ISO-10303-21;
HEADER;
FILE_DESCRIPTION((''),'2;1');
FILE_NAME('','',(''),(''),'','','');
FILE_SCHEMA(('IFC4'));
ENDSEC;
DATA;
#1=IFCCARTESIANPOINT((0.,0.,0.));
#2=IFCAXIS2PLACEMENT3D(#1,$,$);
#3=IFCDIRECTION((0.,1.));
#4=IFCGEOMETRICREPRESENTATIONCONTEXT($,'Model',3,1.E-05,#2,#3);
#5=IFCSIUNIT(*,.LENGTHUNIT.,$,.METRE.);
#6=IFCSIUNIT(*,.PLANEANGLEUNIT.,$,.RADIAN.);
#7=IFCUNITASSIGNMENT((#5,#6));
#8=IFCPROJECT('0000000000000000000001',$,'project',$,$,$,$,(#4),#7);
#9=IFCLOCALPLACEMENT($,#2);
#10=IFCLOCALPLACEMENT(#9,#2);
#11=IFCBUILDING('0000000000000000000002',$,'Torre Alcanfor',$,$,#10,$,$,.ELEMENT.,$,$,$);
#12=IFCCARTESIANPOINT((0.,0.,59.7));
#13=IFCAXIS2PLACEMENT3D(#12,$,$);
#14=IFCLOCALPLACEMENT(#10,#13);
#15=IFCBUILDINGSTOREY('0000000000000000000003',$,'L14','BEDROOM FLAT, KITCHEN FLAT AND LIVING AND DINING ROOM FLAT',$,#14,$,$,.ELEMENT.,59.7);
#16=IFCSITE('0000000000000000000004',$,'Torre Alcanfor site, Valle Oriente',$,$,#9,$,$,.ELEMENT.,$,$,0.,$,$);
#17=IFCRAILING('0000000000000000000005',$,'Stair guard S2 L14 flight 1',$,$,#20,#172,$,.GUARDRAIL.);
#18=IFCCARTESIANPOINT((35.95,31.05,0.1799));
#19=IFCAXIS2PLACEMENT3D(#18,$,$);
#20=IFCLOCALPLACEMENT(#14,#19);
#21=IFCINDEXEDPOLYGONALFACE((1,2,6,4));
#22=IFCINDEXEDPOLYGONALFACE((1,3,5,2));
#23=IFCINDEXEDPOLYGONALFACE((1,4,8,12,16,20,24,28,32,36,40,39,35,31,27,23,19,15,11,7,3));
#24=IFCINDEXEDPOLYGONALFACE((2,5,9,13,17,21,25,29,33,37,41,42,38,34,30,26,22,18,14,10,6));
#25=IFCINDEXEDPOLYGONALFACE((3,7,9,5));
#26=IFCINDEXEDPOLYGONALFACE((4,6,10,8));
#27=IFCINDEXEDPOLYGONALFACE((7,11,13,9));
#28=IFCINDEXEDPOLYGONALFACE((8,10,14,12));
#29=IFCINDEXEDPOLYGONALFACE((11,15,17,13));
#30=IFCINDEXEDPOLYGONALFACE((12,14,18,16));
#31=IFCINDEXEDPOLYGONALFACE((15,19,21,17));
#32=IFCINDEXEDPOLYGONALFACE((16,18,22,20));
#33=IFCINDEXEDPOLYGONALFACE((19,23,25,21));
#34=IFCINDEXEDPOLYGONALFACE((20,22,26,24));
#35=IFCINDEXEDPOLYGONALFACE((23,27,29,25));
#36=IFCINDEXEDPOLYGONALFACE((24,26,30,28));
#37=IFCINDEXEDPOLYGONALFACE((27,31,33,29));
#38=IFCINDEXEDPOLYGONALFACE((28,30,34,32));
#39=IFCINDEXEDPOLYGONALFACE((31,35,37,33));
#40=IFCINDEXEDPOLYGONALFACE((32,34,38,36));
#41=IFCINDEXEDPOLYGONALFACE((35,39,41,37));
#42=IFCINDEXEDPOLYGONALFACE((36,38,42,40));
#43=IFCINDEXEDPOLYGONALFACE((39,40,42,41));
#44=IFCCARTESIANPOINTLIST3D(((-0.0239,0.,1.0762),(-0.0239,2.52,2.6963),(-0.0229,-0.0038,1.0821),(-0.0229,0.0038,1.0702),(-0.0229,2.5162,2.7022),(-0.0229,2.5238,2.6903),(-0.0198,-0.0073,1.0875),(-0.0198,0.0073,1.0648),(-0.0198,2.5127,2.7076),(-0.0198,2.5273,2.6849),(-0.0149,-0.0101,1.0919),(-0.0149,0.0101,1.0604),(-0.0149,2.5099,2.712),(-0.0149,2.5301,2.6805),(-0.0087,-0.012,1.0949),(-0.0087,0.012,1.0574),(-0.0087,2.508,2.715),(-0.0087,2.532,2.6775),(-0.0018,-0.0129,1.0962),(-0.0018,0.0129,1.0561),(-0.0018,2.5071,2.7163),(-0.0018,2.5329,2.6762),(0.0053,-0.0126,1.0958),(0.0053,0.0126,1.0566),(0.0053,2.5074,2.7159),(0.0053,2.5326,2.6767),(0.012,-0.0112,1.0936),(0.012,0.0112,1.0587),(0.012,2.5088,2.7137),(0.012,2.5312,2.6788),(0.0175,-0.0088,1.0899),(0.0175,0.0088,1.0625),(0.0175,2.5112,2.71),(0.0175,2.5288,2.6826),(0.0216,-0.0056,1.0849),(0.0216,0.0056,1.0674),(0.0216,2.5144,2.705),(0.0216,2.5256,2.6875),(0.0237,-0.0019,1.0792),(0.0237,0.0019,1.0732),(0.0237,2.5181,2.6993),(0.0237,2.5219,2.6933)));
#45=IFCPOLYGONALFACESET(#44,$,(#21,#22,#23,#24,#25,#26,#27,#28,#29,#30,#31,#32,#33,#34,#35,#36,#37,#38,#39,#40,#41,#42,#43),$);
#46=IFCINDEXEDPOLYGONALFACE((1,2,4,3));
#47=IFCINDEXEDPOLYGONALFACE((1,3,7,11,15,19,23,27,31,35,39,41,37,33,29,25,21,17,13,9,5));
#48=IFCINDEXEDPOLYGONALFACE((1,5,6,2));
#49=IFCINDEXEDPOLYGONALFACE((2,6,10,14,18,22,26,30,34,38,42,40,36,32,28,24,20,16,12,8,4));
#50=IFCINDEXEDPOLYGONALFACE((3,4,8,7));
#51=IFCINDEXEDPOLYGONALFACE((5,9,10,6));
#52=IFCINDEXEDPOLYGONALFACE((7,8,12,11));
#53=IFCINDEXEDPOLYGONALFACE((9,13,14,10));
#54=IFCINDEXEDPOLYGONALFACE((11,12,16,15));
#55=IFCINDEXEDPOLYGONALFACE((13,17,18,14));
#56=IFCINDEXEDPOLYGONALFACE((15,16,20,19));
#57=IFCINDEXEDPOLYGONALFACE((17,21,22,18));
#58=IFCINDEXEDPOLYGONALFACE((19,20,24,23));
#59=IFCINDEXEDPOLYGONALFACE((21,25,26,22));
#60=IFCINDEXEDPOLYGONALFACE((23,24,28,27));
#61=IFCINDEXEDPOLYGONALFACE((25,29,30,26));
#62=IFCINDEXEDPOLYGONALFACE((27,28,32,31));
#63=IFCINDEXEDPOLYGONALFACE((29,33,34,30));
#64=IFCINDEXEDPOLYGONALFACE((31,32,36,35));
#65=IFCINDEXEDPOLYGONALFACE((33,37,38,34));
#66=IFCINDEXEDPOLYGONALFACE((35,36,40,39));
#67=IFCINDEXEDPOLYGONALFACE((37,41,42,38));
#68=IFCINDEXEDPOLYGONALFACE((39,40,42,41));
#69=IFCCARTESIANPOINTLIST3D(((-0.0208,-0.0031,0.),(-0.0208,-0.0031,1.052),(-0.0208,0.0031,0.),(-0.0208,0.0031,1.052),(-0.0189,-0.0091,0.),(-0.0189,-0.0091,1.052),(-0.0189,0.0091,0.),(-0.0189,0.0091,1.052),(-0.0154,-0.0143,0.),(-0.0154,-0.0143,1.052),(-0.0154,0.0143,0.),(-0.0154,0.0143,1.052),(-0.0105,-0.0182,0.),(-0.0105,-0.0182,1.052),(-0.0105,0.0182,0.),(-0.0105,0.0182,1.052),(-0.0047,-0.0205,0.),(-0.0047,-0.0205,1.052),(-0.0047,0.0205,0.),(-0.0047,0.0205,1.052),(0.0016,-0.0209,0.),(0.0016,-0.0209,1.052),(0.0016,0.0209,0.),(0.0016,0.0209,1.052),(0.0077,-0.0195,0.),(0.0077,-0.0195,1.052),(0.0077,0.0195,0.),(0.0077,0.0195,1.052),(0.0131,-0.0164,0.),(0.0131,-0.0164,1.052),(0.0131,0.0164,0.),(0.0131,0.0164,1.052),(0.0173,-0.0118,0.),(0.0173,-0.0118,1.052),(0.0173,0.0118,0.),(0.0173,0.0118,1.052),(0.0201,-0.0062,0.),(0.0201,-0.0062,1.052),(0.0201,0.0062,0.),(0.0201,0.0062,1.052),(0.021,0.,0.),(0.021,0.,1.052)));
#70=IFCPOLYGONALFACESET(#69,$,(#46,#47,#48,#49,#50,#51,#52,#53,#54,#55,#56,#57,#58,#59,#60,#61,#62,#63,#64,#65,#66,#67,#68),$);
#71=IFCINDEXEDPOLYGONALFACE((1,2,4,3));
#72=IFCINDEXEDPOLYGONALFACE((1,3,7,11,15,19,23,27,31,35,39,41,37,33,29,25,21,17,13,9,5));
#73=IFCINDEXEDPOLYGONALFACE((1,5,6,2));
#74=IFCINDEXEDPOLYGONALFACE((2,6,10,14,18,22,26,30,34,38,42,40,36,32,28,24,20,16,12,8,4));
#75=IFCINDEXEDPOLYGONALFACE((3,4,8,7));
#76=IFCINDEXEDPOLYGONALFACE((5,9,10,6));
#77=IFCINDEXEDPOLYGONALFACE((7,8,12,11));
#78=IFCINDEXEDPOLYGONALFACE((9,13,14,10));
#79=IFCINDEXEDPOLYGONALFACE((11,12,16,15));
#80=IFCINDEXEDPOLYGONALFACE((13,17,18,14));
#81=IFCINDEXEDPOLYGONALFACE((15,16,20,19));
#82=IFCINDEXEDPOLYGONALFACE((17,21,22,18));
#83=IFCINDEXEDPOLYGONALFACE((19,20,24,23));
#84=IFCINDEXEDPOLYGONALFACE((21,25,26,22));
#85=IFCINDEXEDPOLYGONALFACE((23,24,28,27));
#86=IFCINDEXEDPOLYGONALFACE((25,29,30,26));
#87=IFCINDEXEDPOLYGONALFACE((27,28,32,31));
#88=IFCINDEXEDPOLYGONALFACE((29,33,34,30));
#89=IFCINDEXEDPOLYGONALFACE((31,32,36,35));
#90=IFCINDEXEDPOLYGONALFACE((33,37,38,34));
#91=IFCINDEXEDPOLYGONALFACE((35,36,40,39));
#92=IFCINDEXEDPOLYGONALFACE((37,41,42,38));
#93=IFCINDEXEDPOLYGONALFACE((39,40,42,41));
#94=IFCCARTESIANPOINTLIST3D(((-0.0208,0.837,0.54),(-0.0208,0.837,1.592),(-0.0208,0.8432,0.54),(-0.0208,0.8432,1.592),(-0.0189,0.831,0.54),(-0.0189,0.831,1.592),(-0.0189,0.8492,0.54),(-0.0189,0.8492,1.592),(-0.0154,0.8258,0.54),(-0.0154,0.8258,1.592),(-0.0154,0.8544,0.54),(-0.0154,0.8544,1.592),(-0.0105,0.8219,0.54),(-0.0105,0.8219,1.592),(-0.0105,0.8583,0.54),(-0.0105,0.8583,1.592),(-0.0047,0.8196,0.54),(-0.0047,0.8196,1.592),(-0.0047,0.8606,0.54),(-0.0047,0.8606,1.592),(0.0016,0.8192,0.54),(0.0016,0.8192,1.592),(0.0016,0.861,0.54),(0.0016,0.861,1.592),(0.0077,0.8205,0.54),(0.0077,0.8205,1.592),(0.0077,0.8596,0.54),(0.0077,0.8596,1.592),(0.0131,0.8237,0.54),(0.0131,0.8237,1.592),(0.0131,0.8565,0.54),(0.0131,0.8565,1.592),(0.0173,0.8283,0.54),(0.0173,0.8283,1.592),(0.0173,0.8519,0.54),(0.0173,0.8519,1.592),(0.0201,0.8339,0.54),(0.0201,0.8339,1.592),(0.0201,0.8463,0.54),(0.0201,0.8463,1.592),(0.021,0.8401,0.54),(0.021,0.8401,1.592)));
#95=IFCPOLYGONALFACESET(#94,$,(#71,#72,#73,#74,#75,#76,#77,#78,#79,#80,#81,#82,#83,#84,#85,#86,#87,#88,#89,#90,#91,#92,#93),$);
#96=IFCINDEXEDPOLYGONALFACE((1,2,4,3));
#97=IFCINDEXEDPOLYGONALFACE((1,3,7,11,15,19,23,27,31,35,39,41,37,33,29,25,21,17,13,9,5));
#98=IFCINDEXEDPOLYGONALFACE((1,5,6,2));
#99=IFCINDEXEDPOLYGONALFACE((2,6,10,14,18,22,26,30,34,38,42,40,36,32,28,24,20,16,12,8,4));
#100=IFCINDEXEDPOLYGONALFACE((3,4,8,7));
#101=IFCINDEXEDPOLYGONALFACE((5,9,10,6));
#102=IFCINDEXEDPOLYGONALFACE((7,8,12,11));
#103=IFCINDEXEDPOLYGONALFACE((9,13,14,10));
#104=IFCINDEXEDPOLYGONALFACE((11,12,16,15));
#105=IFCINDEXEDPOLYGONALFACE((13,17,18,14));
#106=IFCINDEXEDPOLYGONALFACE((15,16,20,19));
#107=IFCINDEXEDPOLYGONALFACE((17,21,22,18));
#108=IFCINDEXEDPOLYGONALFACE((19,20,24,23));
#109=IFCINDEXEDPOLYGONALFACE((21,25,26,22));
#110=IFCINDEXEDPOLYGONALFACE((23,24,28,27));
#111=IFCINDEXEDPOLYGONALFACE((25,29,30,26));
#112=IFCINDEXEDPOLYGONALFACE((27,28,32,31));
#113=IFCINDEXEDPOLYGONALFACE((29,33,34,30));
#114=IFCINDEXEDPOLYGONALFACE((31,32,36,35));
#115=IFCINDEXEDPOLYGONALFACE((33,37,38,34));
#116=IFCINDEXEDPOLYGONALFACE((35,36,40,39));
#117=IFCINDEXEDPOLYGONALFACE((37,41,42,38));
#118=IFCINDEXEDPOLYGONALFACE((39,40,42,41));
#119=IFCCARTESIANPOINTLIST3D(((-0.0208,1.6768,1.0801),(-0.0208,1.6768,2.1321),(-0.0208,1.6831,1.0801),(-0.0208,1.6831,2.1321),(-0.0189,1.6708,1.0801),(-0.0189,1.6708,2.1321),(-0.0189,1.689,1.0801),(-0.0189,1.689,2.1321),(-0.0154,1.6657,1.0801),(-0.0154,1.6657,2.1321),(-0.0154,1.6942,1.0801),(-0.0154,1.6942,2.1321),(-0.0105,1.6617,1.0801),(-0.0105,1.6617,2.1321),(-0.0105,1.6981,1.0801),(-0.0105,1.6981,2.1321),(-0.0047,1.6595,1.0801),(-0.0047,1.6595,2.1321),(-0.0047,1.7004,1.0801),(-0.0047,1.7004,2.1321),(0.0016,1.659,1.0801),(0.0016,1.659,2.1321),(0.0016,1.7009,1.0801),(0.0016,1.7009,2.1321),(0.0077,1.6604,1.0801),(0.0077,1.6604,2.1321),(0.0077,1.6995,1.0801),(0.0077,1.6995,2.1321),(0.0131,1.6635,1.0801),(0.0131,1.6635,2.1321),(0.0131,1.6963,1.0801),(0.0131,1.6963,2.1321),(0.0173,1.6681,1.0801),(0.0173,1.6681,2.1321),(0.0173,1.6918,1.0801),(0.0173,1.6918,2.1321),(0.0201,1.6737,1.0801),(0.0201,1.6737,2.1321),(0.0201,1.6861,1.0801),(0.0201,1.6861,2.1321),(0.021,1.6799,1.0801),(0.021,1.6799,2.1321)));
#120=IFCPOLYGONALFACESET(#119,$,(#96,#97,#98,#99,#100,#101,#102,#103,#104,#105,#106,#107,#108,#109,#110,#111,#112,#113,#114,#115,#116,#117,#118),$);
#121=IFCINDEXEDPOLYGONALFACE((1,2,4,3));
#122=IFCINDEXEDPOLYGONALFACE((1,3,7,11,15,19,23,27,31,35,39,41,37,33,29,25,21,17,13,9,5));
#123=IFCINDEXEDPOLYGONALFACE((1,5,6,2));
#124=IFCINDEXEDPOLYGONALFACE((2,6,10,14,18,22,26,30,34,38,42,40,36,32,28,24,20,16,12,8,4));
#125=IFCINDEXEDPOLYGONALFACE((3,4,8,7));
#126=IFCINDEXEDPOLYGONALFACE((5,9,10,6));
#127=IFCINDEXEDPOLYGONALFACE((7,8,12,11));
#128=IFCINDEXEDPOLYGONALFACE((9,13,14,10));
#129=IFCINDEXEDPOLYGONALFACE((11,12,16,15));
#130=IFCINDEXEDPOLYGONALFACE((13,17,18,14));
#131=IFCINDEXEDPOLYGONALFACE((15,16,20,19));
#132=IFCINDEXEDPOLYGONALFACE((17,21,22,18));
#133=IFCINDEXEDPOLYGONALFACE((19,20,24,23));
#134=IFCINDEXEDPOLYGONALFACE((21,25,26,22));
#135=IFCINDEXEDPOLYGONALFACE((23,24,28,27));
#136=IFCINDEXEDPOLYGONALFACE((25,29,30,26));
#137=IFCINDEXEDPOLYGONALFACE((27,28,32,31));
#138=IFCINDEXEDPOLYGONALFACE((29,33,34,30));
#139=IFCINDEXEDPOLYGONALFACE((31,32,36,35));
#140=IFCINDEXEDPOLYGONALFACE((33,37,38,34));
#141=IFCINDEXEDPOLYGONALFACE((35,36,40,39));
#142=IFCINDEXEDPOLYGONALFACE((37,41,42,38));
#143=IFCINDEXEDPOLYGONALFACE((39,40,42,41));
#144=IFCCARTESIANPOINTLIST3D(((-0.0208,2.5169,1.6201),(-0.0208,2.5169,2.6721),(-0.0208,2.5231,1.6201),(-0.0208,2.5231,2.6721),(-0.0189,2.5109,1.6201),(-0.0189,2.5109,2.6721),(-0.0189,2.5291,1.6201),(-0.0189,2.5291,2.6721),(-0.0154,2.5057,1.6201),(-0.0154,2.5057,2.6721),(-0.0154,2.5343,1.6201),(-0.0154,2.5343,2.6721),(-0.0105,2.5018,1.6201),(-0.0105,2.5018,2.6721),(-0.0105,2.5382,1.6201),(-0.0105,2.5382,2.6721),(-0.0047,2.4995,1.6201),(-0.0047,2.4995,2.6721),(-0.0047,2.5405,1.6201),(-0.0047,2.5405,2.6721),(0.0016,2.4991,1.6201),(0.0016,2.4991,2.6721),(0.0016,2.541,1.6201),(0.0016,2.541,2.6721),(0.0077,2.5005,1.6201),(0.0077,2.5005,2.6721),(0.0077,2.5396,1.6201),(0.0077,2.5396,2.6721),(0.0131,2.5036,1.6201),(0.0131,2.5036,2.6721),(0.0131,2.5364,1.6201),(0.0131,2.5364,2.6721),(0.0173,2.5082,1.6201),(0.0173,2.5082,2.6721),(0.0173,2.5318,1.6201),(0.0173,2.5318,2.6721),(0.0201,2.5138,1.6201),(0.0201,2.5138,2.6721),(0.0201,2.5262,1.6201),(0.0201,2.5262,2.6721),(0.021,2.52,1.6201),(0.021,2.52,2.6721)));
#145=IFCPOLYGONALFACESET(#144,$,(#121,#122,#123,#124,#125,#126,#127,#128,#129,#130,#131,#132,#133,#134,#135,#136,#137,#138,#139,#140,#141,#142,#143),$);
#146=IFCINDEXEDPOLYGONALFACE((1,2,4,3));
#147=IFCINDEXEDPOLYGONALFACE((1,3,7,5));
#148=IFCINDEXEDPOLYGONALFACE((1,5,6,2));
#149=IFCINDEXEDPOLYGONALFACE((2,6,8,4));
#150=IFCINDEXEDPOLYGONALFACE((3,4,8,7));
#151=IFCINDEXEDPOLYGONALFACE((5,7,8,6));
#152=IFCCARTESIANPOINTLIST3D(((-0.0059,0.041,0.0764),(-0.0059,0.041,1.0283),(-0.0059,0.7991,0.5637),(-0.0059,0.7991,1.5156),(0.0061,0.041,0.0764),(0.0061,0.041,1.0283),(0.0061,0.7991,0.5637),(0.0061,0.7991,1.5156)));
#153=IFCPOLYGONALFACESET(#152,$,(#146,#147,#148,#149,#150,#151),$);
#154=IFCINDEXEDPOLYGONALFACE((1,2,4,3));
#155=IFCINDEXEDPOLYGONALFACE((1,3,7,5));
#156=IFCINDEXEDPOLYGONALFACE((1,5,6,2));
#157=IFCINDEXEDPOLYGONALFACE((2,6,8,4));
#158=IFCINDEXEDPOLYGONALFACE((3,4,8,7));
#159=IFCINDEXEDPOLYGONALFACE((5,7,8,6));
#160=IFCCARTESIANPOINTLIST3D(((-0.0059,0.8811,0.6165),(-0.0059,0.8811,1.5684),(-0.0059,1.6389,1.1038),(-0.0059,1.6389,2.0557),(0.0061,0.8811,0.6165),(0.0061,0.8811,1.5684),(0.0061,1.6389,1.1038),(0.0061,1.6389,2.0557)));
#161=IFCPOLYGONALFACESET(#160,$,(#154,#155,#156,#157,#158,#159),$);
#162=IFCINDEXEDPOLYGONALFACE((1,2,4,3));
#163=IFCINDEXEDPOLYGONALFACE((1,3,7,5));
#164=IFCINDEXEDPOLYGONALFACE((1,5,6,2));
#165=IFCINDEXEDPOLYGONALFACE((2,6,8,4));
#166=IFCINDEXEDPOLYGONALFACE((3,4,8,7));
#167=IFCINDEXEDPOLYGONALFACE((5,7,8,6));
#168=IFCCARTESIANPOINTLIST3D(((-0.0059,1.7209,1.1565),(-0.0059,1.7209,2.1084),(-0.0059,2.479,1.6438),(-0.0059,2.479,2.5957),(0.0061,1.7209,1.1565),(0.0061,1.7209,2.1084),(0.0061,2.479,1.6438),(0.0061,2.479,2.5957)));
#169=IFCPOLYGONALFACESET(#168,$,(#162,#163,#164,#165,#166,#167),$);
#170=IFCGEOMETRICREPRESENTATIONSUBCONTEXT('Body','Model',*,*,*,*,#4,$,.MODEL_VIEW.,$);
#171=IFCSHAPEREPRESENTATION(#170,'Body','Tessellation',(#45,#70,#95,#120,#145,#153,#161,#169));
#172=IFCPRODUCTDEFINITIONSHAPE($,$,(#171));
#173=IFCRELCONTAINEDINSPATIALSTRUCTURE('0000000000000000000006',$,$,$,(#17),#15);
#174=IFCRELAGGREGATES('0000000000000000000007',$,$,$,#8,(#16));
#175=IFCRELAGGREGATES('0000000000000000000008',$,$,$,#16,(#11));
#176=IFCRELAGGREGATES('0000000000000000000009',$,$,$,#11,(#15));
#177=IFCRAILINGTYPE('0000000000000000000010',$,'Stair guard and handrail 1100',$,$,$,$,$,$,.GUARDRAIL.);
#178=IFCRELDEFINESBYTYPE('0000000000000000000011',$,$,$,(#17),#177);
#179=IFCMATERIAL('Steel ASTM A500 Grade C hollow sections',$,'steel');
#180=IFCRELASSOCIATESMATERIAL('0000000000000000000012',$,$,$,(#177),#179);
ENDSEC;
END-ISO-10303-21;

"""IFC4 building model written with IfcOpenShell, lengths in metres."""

from ifc_helpers import new_model, si_unit, direction, frame, origin, origin_2d, place, context, subcontext, project, spatial, polyline, circle, outline, extrude, material, type_object, element, save


model = new_model("IFC4")

# Units and contexts
model_context = context("Model", 3, precision=1e-05, world=origin(), true_north=direction((0.0, 1.0)))
body_context = subcontext(model_context, "Body", "Model", "MODEL_VIEW")
ifc_project = project(units=[si_unit("LENGTHUNIT", "METRE"), si_unit("PLANEANGLEUNIT", "RADIAN")], contexts=[model_context])

# Site, building, storey
site_placement = place(None, origin())
site = spatial("IfcSite", under=ifc_project, at=site_placement, Name="Torre Alcanfor site, Valle Oriente", CompositionType="ELEMENT", RefElevation=0.0)
building_placement = place(site_placement, origin())
building = spatial("IfcBuilding", under=site, at=building_placement, Name="Torre Alcanfor", CompositionType="ELEMENT")
storey_placement = place(building_placement, frame((0.0, 0.0, 59.7)))
storey = spatial("IfcBuildingStorey", under=building, at=storey_placement, Name="L14", Description="BEDROOM FLAT, KITCHEN FLAT AND LIVING AND DINING ROOM FLAT", CompositionType="ELEMENT", Elevation=59.7)

# Railing
ifc_material_1 = material(Name="Steel ASTM A500 Grade C hollow sections", Category="steel")
railing_type_1 = type_object("IfcRailingType", Name="Stair guard and handrail 1100", PredefinedType="GUARDRAIL", material=ifc_material_1)
railing_1_placement = place(storey_placement, frame((35.95, 31.05, 0.1799)))
element("IfcRailing", 1, at=railing_1_placement, inside=storey, type_object=railing_type_1, Name="Stair guard S2 L14 flight 1", PredefinedType="GUARDRAIL", context=body_context, shape_type="SweptSolid", body=[
    extrude(circle(Radius=0.0239, at=origin_2d()), frame((0.0, 0.0, 1.0762), z_axis=(0.0, 0.841163, 0.540782), x_axis=(-1.0, 0.0, 0.0)), (0.0, 0.0, 1.0), 2.9958),
    extrude(circle(Radius=0.021, at=origin_2d()), origin(), (0.0, 0.0, 1.0), 1.052),
    extrude(circle(Radius=0.021, at=origin_2d()), frame((0.0, 0.8401, 0.54)), (0.0, 0.0, 1.0), 1.052),
    extrude(circle(Radius=0.021, at=origin_2d()), frame((0.0, 1.6799, 1.0801)), (0.0, 0.0, 1.0), 1.052),
    extrude(circle(Radius=0.021, at=origin_2d()), frame((0.0, 2.52, 1.6201)), (0.0, 0.0, 1.0), 1.052),
    extrude(outline(polyline([(0.041, 0.0764), (0.7991, 0.5637), (0.7991, 1.5156), (0.041, 1.0283), (0.041, 0.0764)])), frame((-0.0059, 0.0, 0.0), z_axis=(1.0, 0.0, 0.0), x_axis=(0.0, 1.0, 0.0)), (0.0, 0.0, 1.0), 0.012),
    extrude(outline(polyline([(0.8811, 0.6165), (1.6389, 1.1038), (1.6389, 2.0557), (0.8811, 1.5684), (0.8811, 0.6165)])), frame((-0.0059, 0.0, 0.0), z_axis=(1.0, 0.0, 0.0), x_axis=(0.0, 1.0, 0.0)), (0.0, 0.0, 1.0), 0.012),
    extrude(outline(polyline([(1.7209, 1.1565), (2.479, 1.6438), (2.479, 2.5957), (1.7209, 2.1084), (1.7209, 1.1565)])), frame((-0.0059, 0.0, 0.0), z_axis=(1.0, 0.0, 0.0), x_axis=(0.0, 1.0, 0.0)), (0.0, 0.0, 1.0), 0.012),
])

save(model, "model.ifc")
